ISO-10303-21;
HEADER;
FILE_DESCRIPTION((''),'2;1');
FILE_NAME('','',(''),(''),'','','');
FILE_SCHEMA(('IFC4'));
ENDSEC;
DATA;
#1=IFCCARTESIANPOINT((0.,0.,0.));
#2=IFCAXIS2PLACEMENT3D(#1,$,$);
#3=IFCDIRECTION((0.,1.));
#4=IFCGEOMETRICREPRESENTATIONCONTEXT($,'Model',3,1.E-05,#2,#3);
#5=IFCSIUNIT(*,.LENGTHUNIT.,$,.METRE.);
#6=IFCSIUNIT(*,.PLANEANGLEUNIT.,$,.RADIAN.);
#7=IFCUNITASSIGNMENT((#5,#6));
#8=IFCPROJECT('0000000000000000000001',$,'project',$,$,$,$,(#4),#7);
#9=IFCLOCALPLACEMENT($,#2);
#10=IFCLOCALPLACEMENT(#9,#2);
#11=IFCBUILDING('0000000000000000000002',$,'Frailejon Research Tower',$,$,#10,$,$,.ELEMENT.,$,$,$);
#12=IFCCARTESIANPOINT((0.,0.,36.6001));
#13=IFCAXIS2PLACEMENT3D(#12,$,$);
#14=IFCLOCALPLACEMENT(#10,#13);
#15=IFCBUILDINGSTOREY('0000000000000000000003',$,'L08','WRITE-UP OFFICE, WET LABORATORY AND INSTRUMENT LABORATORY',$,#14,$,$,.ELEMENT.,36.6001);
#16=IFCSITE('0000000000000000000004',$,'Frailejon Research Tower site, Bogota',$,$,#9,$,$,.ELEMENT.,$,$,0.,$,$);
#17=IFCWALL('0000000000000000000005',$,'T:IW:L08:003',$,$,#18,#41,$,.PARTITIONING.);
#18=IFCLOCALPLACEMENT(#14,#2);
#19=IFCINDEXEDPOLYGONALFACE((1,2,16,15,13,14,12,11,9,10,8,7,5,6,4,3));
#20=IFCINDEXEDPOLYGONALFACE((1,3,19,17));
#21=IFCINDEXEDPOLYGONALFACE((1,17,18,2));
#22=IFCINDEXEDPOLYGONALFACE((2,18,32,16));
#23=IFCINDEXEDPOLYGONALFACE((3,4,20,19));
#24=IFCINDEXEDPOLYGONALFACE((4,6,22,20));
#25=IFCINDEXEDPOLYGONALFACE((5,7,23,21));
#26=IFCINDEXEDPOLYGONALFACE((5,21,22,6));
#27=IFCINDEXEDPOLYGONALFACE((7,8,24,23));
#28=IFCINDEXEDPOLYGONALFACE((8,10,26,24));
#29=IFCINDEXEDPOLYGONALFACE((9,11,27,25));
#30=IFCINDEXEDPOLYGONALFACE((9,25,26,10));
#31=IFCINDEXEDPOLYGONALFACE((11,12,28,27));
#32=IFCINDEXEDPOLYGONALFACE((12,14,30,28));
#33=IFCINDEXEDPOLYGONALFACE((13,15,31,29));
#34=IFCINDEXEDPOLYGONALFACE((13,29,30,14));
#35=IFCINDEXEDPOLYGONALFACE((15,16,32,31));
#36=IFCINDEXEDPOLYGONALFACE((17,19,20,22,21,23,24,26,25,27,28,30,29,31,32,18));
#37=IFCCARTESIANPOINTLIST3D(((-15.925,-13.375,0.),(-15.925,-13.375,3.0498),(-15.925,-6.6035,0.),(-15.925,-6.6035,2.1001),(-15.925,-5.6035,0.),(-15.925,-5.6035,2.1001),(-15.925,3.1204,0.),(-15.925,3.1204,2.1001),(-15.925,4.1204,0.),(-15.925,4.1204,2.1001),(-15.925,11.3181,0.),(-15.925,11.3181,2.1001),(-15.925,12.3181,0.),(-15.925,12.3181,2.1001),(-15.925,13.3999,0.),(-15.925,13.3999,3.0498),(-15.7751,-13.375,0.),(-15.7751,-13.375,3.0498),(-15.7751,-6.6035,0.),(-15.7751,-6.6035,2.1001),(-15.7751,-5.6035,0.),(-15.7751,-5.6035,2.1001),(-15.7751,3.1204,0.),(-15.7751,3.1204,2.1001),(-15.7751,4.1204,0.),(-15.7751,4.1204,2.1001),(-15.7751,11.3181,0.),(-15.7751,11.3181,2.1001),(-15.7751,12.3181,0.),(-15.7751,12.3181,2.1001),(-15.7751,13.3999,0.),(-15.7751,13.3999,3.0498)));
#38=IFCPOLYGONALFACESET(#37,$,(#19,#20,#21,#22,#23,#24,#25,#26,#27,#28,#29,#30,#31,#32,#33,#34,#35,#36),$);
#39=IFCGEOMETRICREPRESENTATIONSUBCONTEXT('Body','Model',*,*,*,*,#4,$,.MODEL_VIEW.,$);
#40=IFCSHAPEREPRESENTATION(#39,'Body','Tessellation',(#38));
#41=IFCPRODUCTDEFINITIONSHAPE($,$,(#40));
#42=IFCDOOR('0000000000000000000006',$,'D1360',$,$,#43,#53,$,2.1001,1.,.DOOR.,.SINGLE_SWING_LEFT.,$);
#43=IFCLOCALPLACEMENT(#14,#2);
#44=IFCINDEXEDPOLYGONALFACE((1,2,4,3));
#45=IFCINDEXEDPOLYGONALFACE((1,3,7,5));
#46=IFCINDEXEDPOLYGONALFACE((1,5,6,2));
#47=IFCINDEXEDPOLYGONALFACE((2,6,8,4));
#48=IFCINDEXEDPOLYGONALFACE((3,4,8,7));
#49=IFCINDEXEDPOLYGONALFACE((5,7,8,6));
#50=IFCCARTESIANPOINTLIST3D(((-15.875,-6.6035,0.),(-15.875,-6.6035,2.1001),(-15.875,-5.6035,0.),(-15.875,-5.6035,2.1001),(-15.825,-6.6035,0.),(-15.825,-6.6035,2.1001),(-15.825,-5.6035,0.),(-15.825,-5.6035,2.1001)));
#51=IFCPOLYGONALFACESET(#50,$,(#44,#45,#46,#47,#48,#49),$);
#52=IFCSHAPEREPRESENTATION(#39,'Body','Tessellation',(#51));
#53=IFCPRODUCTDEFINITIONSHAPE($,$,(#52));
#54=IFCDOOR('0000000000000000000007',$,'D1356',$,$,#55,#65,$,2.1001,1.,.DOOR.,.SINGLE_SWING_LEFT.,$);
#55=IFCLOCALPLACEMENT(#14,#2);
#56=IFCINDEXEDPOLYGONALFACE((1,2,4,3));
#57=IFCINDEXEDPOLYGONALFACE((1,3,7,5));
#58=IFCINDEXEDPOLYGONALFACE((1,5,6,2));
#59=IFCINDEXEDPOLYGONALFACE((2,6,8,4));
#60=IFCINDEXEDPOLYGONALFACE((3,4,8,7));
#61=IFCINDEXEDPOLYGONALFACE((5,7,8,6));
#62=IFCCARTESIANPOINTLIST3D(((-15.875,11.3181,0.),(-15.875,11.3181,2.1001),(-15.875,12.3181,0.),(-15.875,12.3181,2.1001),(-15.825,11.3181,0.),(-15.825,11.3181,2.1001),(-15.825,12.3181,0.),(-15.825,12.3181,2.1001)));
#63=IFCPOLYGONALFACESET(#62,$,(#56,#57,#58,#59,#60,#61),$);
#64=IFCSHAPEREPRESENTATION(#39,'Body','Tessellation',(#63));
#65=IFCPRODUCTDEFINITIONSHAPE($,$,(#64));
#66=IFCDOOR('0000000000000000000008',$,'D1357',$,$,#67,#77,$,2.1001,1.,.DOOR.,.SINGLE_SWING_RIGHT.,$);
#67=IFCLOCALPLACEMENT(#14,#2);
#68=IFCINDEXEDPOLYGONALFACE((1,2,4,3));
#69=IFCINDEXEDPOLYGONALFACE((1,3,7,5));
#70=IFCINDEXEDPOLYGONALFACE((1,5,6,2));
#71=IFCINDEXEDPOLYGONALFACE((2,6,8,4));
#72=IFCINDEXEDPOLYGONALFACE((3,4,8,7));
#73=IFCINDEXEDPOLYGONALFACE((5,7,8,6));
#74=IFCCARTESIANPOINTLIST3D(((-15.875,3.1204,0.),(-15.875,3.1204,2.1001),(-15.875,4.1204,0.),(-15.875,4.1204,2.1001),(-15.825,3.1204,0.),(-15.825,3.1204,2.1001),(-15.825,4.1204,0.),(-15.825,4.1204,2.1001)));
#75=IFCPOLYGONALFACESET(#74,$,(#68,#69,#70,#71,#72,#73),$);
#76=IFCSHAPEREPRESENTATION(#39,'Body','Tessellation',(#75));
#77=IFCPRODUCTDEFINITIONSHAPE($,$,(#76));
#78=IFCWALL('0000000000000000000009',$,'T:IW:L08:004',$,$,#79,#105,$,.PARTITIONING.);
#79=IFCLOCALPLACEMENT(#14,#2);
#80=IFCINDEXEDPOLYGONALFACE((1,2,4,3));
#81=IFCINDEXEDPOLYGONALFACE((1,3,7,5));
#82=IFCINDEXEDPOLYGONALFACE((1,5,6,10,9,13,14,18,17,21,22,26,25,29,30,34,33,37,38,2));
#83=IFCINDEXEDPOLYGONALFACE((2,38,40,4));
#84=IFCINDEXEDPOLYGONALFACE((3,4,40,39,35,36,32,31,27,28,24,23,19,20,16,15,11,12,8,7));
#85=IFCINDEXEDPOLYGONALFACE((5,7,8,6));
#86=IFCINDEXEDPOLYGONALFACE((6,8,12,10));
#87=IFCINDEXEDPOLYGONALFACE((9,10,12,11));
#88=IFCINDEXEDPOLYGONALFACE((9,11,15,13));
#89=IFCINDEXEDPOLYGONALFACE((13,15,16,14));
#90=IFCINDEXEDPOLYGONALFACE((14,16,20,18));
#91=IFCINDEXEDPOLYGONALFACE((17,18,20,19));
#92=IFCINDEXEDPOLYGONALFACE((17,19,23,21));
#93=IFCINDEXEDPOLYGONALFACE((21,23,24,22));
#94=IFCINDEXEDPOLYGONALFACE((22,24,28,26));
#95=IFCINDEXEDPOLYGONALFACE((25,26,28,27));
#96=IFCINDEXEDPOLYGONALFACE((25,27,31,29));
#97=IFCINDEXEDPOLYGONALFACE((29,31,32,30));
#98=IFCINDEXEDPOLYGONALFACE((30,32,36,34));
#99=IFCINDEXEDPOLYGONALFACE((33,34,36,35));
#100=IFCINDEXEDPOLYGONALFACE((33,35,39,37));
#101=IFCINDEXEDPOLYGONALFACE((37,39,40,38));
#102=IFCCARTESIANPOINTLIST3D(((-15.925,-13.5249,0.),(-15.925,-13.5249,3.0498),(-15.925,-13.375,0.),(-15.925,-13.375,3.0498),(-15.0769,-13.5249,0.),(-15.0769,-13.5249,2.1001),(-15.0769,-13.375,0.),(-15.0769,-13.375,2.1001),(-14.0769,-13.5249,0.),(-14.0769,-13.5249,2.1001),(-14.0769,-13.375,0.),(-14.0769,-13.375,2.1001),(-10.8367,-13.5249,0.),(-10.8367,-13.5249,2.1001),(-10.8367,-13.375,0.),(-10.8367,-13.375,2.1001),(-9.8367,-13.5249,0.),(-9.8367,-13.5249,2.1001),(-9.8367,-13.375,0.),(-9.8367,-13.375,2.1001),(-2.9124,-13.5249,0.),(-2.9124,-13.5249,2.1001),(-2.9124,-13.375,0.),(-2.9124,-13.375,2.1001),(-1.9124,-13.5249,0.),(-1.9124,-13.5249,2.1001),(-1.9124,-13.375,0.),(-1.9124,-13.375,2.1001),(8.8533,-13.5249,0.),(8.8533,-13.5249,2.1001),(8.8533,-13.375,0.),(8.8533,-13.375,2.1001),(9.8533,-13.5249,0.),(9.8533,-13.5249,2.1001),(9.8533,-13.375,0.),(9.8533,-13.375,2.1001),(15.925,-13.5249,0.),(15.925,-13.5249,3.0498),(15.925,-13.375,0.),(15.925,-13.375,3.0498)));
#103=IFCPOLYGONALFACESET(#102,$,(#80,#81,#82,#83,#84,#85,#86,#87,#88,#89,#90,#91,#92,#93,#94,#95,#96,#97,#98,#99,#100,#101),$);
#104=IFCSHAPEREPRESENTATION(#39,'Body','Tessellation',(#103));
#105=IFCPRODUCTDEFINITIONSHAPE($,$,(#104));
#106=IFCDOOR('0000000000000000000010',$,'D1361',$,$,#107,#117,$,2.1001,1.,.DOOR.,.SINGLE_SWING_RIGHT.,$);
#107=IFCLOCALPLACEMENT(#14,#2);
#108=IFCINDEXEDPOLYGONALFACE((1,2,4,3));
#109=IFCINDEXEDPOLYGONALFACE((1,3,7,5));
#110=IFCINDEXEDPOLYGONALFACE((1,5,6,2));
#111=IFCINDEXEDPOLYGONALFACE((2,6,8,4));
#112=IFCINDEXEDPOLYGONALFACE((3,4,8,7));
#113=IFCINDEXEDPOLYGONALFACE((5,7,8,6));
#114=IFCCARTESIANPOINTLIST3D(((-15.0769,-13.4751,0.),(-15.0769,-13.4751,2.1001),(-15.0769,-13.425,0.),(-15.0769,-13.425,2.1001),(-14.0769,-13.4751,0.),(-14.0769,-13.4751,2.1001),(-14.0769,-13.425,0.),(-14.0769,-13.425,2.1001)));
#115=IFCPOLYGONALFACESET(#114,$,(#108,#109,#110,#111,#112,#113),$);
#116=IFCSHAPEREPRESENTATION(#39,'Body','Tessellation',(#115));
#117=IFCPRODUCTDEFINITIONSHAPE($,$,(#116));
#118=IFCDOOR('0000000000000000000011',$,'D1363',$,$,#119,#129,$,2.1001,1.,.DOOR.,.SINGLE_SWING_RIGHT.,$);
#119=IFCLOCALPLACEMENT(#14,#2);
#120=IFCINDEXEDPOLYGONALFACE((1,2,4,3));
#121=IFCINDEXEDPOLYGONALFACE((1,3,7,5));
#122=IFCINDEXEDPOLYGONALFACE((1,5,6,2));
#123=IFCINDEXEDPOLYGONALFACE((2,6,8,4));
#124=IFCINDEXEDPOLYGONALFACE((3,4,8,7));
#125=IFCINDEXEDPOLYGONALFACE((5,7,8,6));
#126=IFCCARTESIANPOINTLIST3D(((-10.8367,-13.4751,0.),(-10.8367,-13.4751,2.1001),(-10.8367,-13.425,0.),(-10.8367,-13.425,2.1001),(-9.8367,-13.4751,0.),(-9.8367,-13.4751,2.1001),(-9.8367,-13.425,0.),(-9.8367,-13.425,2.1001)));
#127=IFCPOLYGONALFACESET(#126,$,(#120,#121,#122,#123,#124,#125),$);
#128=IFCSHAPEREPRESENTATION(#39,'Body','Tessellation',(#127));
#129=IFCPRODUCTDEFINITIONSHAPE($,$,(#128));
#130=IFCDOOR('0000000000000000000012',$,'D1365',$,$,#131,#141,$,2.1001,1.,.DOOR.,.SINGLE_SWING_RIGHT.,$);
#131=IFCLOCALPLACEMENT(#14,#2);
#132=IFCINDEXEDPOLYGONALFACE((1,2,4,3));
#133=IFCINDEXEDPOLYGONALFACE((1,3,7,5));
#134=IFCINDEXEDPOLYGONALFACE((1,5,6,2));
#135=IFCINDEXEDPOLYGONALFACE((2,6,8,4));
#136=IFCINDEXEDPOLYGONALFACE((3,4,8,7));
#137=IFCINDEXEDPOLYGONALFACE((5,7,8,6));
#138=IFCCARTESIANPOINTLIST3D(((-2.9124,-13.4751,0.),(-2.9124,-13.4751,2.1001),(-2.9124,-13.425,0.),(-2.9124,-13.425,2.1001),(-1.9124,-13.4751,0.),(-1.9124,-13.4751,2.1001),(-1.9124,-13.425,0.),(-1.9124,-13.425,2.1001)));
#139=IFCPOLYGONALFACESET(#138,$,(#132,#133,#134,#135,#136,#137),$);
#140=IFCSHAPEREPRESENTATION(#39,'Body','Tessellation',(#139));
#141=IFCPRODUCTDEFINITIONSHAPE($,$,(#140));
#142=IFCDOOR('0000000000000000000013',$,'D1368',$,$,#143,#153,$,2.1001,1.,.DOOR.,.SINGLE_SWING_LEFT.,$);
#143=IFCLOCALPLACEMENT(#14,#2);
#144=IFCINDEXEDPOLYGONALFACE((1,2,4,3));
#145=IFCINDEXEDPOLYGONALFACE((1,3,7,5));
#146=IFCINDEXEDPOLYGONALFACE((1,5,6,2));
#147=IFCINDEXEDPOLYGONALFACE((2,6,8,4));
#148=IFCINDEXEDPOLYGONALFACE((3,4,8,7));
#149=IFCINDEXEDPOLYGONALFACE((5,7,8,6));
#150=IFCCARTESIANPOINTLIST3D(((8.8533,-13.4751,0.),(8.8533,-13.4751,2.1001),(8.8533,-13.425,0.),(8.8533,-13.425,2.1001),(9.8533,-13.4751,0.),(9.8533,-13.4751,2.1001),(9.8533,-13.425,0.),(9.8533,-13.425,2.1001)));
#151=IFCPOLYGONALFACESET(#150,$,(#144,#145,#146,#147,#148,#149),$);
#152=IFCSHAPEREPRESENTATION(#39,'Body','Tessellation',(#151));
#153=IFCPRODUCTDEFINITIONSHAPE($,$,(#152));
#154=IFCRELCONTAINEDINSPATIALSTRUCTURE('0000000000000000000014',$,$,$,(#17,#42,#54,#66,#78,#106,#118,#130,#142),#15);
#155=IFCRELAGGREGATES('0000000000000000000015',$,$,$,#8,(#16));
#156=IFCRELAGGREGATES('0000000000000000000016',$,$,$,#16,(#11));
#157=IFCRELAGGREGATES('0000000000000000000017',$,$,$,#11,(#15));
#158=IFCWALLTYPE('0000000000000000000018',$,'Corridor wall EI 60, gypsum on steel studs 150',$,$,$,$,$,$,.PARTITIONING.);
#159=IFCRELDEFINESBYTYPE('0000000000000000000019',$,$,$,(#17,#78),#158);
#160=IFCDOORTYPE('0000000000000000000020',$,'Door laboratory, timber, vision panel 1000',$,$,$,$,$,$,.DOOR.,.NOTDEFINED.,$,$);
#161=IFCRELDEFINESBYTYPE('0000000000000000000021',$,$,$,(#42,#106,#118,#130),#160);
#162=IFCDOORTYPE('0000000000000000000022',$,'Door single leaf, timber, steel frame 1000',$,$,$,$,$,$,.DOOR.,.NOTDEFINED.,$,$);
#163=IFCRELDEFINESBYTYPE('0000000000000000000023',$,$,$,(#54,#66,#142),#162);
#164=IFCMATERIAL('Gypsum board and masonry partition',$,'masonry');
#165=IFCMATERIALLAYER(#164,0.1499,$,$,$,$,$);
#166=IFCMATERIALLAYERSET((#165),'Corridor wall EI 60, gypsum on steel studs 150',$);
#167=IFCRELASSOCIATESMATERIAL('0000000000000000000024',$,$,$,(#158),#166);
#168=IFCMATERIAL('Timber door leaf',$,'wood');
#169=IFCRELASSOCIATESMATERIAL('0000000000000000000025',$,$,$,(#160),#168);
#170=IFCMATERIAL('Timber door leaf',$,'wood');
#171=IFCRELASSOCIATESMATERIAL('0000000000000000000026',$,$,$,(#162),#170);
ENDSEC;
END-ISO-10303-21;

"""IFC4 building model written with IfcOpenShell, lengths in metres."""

from ifc_helpers import new_model, si_unit, direction, frame, frame_2d, origin, place, context, subcontext, project, spatial, rectangle, extrude, material, layer, layer_set, type_object, element, fill, save


model = new_model("IFC4")

# Units and contexts
model_context = context("Model", 3, precision=1e-05, world=origin(), true_north=direction((0.0, 1.0)))
body_context = subcontext(model_context, "Body", "Model", "MODEL_VIEW")
ifc_project = project(units=[si_unit("LENGTHUNIT", "METRE"), si_unit("PLANEANGLEUNIT", "RADIAN")], contexts=[model_context])

# Site, building, storey
site_placement = place(None, origin())
site = spatial("IfcSite", under=ifc_project, at=site_placement, Name="Frailejon Research Tower site, Bogota", CompositionType="ELEMENT", RefElevation=0.0)
building_placement = place(site_placement, origin())
building = spatial("IfcBuilding", under=site, at=building_placement, Name="Frailejon Research Tower", CompositionType="ELEMENT")
storey_placement = place(building_placement, frame((0.0, 0.0, 36.6001)))
storey = spatial("IfcBuildingStorey", under=building, at=storey_placement, Name="L08", Description="WRITE-UP OFFICE, WET LABORATORY AND INSTRUMENT LABORATORY", CompositionType="ELEMENT", Elevation=36.6001)

# Walls, openings, doors
ifc_material_1 = material(Name="Gypsum board and masonry partition", Category="masonry")
ifc_layer_1 = layer(ifc_material_1, 0.1499)
ifc_layer_set_1 = layer_set([ifc_layer_1], Name="Corridor wall EI 60, gypsum on steel studs 150")
wall_type_1 = type_object("IfcWallType", Name="Corridor wall EI 60, gypsum on steel studs 150", PredefinedType="PARTITIONING", material=ifc_layer_set_1)
wall_1_placement = place(storey_placement, frame((-15.8501, -13.375, 0.0), z_axis=(0.0, 0.0, 1.0), x_axis=(0.0, 1.0, 0.0)))
wall_1 = element("IfcWall", 1, at=wall_1_placement, inside=storey, type_object=wall_type_1, Name="T:IW:L08:003", PredefinedType="PARTITIONING", context=body_context, shape_type="SweptSolid", body=[
    extrude(rectangle(XDim=26.7749, YDim=0.1499, at=frame_2d((13.3875, 0.0))), origin(), (0.0, 0.0, 1.0), 3.0498),
])
opening_1_placement = place(wall_1_placement, frame((24.6931, 0.0, 0.0)))
opening_1 = element("IfcOpeningElement", 2, at=opening_1_placement, cuts=wall_1, PredefinedType="OPENING", context=body_context, shape_type="SweptSolid", body=[
    extrude(rectangle(XDim=1.0, YDim=2.1001, at=frame_2d((0.5, 1.05))), frame((0.0, 0.085, 0.0), z_axis=(0.0, -1.0, 0.0), x_axis=(1.0, 0.0, 0.0)), (0.0, 0.0, 1.0), 0.1699),
])
opening_2_placement = place(wall_1_placement, frame((16.4954, 0.0, 0.0)))
opening_2 = element("IfcOpeningElement", 3, at=opening_2_placement, cuts=wall_1, PredefinedType="OPENING", context=body_context, shape_type="SweptSolid", body=[
    extrude(rectangle(XDim=1.0, YDim=2.1001, at=frame_2d((0.5, 1.05))), frame((0.0, 0.085, 0.0), z_axis=(0.0, -1.0, 0.0), x_axis=(1.0, 0.0, 0.0)), (0.0, 0.0, 1.0), 0.1699),
])
opening_3_placement = place(wall_1_placement, frame((6.7715, 0.0, 0.0)))
opening_3 = element("IfcOpeningElement", 4, at=opening_3_placement, cuts=wall_1, PredefinedType="OPENING", context=body_context, shape_type="SweptSolid", body=[
    extrude(rectangle(XDim=1.0, YDim=2.1001, at=frame_2d((0.5, 1.05))), frame((0.0, 0.085, 0.0), z_axis=(0.0, -1.0, 0.0), x_axis=(1.0, 0.0, 0.0)), (0.0, 0.0, 1.0), 0.1699),
])
ifc_material_2 = material(Name="Timber door leaf", Category="wood")
door_type_1 = type_object("IfcDoorType", Name="Door laboratory, timber, vision panel 1000", OperationType="NOTDEFINED", PredefinedType="DOOR", material=ifc_material_2)
door_1_placement = place(opening_3_placement, origin())
door_1 = element("IfcDoor", 5, at=door_1_placement, inside=storey, type_object=door_type_1, Name="D1360", OperationType="SINGLE_SWING_LEFT", OverallHeight=2.1001, OverallWidth=1.0, PredefinedType="DOOR", context=body_context, shape_type="SweptSolid", body=[
    extrude(rectangle(XDim=1.0, YDim=2.1001, at=frame_2d((0.5, 1.05))), frame((0.0, 0.0249, 0.0), z_axis=(0.0, -1.0, 0.0), x_axis=(1.0, 0.0, 0.0)), (0.0, 0.0, 1.0), 0.05),
])
fill(opening_3, door_1)
ifc_material_3 = material(Name="Timber door leaf", Category="wood")
door_type_2 = type_object("IfcDoorType", Name="Door single leaf, timber, steel frame 1000", OperationType="NOTDEFINED", PredefinedType="DOOR", material=ifc_material_3)
door_2_placement = place(opening_1_placement, origin())
door_2 = element("IfcDoor", 6, at=door_2_placement, inside=storey, type_object=door_type_2, Name="D1356", OperationType="SINGLE_SWING_LEFT", OverallHeight=2.1001, OverallWidth=1.0, PredefinedType="DOOR", context=body_context, shape_type="SweptSolid", body=[
    extrude(rectangle(XDim=1.0, YDim=2.1001, at=frame_2d((0.5, 1.05))), frame((0.0, 0.0249, 0.0), z_axis=(0.0, -1.0, 0.0), x_axis=(1.0, 0.0, 0.0)), (0.0, 0.0, 1.0), 0.05),
])
fill(opening_1, door_2)
door_3_placement = place(opening_2_placement, origin())
door_3 = element("IfcDoor", 7, at=door_3_placement, inside=storey, type_object=door_type_2, Name="D1357", OperationType="SINGLE_SWING_RIGHT", OverallHeight=2.1001, OverallWidth=1.0, PredefinedType="DOOR", context=body_context, shape_type="SweptSolid", body=[
    extrude(rectangle(XDim=1.0, YDim=2.1001, at=frame_2d((0.5, 1.05))), frame((0.0, 0.0249, 0.0), z_axis=(0.0, -1.0, 0.0), x_axis=(1.0, 0.0, 0.0)), (0.0, 0.0, 1.0), 0.05),
])
fill(opening_2, door_3)
wall_2_placement = place(storey_placement, frame((-15.925, -13.45, 0.0), z_axis=(0.0, 0.0, 1.0), x_axis=(1.0, 0.0, 0.0)))
wall_2 = element("IfcWall", 8, at=wall_2_placement, inside=storey, type_object=wall_type_1, Name="T:IW:L08:004", PredefinedType="PARTITIONING", context=body_context, shape_type="SweptSolid", body=[
    extrude(rectangle(XDim=31.8501, YDim=0.1499, at=frame_2d((15.925, 0.0))), origin(), (0.0, 0.0, 1.0), 3.0498),
])
opening_4_placement = place(wall_2_placement, frame((0.8481, 0.0, 0.0)))
opening_4 = element("IfcOpeningElement", 9, at=opening_4_placement, cuts=wall_2, PredefinedType="OPENING", context=body_context, shape_type="SweptSolid", body=[
    extrude(rectangle(XDim=1.0, YDim=2.1001, at=frame_2d((0.5, 1.05))), frame((0.0, 0.085, 0.0), z_axis=(0.0, -1.0, 0.0), x_axis=(1.0, 0.0, 0.0)), (0.0, 0.0, 1.0), 0.1699),
])
opening_5_placement = place(wall_2_placement, frame((5.0884, 0.0, 0.0)))
opening_5 = element("IfcOpeningElement", 10, at=opening_5_placement, cuts=wall_2, PredefinedType="OPENING", context=body_context, shape_type="SweptSolid", body=[
    extrude(rectangle(XDim=1.0, YDim=2.1001, at=frame_2d((0.5, 1.05))), frame((0.0, 0.085, 0.0), z_axis=(0.0, -1.0, 0.0), x_axis=(1.0, 0.0, 0.0)), (0.0, 0.0, 1.0), 0.1699),
])
opening_6_placement = place(wall_2_placement, frame((13.0127, 0.0, 0.0)))
opening_6 = element("IfcOpeningElement", 11, at=opening_6_placement, cuts=wall_2, PredefinedType="OPENING", context=body_context, shape_type="SweptSolid", body=[
    extrude(rectangle(XDim=1.0, YDim=2.1001, at=frame_2d((0.5, 1.05))), frame((0.0, 0.085, 0.0), z_axis=(0.0, -1.0, 0.0), x_axis=(1.0, 0.0, 0.0)), (0.0, 0.0, 1.0), 0.1699),
])
opening_7_placement = place(wall_2_placement, frame((24.7783, 0.0, 0.0)))
opening_7 = element("IfcOpeningElement", 12, at=opening_7_placement, cuts=wall_2, PredefinedType="OPENING", context=body_context, shape_type="SweptSolid", body=[
    extrude(rectangle(XDim=1.0, YDim=2.1001, at=frame_2d((0.5, 1.05))), frame((0.0, 0.085, 0.0), z_axis=(0.0, -1.0, 0.0), x_axis=(1.0, 0.0, 0.0)), (0.0, 0.0, 1.0), 0.1699),
])
door_4_placement = place(opening_4_placement, origin())
door_4 = element("IfcDoor", 13, at=door_4_placement, inside=storey, type_object=door_type_1, Name="D1361", OperationType="SINGLE_SWING_RIGHT", OverallHeight=2.1001, OverallWidth=1.0, PredefinedType="DOOR", context=body_context, shape_type="SweptSolid", body=[
    extrude(rectangle(XDim=1.0, YDim=2.1001, at=frame_2d((0.5, 1.05))), frame((0.0, 0.0249, 0.0), z_axis=(0.0, -1.0, 0.0), x_axis=(1.0, 0.0, 0.0)), (0.0, 0.0, 1.0), 0.05),
])
fill(opening_4, door_4)
door_5_placement = place(opening_5_placement, origin())
door_5 = element("IfcDoor", 14, at=door_5_placement, inside=storey, type_object=door_type_1, Name="D1363", OperationType="SINGLE_SWING_RIGHT", OverallHeight=2.1001, OverallWidth=1.0, PredefinedType="DOOR", context=body_context, shape_type="SweptSolid", body=[
    extrude(rectangle(XDim=1.0, YDim=2.1001, at=frame_2d((0.5, 1.05))), frame((0.0, 0.0249, 0.0), z_axis=(0.0, -1.0, 0.0), x_axis=(1.0, 0.0, 0.0)), (0.0, 0.0, 1.0), 0.05),
])
fill(opening_5, door_5)
door_6_placement = place(opening_6_placement, origin())
door_6 = element("IfcDoor", 15, at=door_6_placement, inside=storey, type_object=door_type_1, Name="D1365", OperationType="SINGLE_SWING_RIGHT", OverallHeight=2.1001, OverallWidth=1.0, PredefinedType="DOOR", context=body_context, shape_type="SweptSolid", body=[
    extrude(rectangle(XDim=1.0, YDim=2.1001, at=frame_2d((0.5, 1.05))), frame((0.0, 0.0249, 0.0), z_axis=(0.0, -1.0, 0.0), x_axis=(1.0, 0.0, 0.0)), (0.0, 0.0, 1.0), 0.05),
])
fill(opening_6, door_6)
door_7_placement = place(opening_7_placement, origin())
door_7 = element("IfcDoor", 16, at=door_7_placement, inside=storey, type_object=door_type_2, Name="D1368", OperationType="SINGLE_SWING_LEFT", OverallHeight=2.1001, OverallWidth=1.0, PredefinedType="DOOR", context=body_context, shape_type="SweptSolid", body=[
    extrude(rectangle(XDim=1.0, YDim=2.1001, at=frame_2d((0.5, 1.05))), frame((0.0, 0.0249, 0.0), z_axis=(0.0, -1.0, 0.0), x_axis=(1.0, 0.0, 0.0)), (0.0, 0.0, 1.0), 0.05),
])
fill(opening_7, door_7)

save(model, "model.ifc")
